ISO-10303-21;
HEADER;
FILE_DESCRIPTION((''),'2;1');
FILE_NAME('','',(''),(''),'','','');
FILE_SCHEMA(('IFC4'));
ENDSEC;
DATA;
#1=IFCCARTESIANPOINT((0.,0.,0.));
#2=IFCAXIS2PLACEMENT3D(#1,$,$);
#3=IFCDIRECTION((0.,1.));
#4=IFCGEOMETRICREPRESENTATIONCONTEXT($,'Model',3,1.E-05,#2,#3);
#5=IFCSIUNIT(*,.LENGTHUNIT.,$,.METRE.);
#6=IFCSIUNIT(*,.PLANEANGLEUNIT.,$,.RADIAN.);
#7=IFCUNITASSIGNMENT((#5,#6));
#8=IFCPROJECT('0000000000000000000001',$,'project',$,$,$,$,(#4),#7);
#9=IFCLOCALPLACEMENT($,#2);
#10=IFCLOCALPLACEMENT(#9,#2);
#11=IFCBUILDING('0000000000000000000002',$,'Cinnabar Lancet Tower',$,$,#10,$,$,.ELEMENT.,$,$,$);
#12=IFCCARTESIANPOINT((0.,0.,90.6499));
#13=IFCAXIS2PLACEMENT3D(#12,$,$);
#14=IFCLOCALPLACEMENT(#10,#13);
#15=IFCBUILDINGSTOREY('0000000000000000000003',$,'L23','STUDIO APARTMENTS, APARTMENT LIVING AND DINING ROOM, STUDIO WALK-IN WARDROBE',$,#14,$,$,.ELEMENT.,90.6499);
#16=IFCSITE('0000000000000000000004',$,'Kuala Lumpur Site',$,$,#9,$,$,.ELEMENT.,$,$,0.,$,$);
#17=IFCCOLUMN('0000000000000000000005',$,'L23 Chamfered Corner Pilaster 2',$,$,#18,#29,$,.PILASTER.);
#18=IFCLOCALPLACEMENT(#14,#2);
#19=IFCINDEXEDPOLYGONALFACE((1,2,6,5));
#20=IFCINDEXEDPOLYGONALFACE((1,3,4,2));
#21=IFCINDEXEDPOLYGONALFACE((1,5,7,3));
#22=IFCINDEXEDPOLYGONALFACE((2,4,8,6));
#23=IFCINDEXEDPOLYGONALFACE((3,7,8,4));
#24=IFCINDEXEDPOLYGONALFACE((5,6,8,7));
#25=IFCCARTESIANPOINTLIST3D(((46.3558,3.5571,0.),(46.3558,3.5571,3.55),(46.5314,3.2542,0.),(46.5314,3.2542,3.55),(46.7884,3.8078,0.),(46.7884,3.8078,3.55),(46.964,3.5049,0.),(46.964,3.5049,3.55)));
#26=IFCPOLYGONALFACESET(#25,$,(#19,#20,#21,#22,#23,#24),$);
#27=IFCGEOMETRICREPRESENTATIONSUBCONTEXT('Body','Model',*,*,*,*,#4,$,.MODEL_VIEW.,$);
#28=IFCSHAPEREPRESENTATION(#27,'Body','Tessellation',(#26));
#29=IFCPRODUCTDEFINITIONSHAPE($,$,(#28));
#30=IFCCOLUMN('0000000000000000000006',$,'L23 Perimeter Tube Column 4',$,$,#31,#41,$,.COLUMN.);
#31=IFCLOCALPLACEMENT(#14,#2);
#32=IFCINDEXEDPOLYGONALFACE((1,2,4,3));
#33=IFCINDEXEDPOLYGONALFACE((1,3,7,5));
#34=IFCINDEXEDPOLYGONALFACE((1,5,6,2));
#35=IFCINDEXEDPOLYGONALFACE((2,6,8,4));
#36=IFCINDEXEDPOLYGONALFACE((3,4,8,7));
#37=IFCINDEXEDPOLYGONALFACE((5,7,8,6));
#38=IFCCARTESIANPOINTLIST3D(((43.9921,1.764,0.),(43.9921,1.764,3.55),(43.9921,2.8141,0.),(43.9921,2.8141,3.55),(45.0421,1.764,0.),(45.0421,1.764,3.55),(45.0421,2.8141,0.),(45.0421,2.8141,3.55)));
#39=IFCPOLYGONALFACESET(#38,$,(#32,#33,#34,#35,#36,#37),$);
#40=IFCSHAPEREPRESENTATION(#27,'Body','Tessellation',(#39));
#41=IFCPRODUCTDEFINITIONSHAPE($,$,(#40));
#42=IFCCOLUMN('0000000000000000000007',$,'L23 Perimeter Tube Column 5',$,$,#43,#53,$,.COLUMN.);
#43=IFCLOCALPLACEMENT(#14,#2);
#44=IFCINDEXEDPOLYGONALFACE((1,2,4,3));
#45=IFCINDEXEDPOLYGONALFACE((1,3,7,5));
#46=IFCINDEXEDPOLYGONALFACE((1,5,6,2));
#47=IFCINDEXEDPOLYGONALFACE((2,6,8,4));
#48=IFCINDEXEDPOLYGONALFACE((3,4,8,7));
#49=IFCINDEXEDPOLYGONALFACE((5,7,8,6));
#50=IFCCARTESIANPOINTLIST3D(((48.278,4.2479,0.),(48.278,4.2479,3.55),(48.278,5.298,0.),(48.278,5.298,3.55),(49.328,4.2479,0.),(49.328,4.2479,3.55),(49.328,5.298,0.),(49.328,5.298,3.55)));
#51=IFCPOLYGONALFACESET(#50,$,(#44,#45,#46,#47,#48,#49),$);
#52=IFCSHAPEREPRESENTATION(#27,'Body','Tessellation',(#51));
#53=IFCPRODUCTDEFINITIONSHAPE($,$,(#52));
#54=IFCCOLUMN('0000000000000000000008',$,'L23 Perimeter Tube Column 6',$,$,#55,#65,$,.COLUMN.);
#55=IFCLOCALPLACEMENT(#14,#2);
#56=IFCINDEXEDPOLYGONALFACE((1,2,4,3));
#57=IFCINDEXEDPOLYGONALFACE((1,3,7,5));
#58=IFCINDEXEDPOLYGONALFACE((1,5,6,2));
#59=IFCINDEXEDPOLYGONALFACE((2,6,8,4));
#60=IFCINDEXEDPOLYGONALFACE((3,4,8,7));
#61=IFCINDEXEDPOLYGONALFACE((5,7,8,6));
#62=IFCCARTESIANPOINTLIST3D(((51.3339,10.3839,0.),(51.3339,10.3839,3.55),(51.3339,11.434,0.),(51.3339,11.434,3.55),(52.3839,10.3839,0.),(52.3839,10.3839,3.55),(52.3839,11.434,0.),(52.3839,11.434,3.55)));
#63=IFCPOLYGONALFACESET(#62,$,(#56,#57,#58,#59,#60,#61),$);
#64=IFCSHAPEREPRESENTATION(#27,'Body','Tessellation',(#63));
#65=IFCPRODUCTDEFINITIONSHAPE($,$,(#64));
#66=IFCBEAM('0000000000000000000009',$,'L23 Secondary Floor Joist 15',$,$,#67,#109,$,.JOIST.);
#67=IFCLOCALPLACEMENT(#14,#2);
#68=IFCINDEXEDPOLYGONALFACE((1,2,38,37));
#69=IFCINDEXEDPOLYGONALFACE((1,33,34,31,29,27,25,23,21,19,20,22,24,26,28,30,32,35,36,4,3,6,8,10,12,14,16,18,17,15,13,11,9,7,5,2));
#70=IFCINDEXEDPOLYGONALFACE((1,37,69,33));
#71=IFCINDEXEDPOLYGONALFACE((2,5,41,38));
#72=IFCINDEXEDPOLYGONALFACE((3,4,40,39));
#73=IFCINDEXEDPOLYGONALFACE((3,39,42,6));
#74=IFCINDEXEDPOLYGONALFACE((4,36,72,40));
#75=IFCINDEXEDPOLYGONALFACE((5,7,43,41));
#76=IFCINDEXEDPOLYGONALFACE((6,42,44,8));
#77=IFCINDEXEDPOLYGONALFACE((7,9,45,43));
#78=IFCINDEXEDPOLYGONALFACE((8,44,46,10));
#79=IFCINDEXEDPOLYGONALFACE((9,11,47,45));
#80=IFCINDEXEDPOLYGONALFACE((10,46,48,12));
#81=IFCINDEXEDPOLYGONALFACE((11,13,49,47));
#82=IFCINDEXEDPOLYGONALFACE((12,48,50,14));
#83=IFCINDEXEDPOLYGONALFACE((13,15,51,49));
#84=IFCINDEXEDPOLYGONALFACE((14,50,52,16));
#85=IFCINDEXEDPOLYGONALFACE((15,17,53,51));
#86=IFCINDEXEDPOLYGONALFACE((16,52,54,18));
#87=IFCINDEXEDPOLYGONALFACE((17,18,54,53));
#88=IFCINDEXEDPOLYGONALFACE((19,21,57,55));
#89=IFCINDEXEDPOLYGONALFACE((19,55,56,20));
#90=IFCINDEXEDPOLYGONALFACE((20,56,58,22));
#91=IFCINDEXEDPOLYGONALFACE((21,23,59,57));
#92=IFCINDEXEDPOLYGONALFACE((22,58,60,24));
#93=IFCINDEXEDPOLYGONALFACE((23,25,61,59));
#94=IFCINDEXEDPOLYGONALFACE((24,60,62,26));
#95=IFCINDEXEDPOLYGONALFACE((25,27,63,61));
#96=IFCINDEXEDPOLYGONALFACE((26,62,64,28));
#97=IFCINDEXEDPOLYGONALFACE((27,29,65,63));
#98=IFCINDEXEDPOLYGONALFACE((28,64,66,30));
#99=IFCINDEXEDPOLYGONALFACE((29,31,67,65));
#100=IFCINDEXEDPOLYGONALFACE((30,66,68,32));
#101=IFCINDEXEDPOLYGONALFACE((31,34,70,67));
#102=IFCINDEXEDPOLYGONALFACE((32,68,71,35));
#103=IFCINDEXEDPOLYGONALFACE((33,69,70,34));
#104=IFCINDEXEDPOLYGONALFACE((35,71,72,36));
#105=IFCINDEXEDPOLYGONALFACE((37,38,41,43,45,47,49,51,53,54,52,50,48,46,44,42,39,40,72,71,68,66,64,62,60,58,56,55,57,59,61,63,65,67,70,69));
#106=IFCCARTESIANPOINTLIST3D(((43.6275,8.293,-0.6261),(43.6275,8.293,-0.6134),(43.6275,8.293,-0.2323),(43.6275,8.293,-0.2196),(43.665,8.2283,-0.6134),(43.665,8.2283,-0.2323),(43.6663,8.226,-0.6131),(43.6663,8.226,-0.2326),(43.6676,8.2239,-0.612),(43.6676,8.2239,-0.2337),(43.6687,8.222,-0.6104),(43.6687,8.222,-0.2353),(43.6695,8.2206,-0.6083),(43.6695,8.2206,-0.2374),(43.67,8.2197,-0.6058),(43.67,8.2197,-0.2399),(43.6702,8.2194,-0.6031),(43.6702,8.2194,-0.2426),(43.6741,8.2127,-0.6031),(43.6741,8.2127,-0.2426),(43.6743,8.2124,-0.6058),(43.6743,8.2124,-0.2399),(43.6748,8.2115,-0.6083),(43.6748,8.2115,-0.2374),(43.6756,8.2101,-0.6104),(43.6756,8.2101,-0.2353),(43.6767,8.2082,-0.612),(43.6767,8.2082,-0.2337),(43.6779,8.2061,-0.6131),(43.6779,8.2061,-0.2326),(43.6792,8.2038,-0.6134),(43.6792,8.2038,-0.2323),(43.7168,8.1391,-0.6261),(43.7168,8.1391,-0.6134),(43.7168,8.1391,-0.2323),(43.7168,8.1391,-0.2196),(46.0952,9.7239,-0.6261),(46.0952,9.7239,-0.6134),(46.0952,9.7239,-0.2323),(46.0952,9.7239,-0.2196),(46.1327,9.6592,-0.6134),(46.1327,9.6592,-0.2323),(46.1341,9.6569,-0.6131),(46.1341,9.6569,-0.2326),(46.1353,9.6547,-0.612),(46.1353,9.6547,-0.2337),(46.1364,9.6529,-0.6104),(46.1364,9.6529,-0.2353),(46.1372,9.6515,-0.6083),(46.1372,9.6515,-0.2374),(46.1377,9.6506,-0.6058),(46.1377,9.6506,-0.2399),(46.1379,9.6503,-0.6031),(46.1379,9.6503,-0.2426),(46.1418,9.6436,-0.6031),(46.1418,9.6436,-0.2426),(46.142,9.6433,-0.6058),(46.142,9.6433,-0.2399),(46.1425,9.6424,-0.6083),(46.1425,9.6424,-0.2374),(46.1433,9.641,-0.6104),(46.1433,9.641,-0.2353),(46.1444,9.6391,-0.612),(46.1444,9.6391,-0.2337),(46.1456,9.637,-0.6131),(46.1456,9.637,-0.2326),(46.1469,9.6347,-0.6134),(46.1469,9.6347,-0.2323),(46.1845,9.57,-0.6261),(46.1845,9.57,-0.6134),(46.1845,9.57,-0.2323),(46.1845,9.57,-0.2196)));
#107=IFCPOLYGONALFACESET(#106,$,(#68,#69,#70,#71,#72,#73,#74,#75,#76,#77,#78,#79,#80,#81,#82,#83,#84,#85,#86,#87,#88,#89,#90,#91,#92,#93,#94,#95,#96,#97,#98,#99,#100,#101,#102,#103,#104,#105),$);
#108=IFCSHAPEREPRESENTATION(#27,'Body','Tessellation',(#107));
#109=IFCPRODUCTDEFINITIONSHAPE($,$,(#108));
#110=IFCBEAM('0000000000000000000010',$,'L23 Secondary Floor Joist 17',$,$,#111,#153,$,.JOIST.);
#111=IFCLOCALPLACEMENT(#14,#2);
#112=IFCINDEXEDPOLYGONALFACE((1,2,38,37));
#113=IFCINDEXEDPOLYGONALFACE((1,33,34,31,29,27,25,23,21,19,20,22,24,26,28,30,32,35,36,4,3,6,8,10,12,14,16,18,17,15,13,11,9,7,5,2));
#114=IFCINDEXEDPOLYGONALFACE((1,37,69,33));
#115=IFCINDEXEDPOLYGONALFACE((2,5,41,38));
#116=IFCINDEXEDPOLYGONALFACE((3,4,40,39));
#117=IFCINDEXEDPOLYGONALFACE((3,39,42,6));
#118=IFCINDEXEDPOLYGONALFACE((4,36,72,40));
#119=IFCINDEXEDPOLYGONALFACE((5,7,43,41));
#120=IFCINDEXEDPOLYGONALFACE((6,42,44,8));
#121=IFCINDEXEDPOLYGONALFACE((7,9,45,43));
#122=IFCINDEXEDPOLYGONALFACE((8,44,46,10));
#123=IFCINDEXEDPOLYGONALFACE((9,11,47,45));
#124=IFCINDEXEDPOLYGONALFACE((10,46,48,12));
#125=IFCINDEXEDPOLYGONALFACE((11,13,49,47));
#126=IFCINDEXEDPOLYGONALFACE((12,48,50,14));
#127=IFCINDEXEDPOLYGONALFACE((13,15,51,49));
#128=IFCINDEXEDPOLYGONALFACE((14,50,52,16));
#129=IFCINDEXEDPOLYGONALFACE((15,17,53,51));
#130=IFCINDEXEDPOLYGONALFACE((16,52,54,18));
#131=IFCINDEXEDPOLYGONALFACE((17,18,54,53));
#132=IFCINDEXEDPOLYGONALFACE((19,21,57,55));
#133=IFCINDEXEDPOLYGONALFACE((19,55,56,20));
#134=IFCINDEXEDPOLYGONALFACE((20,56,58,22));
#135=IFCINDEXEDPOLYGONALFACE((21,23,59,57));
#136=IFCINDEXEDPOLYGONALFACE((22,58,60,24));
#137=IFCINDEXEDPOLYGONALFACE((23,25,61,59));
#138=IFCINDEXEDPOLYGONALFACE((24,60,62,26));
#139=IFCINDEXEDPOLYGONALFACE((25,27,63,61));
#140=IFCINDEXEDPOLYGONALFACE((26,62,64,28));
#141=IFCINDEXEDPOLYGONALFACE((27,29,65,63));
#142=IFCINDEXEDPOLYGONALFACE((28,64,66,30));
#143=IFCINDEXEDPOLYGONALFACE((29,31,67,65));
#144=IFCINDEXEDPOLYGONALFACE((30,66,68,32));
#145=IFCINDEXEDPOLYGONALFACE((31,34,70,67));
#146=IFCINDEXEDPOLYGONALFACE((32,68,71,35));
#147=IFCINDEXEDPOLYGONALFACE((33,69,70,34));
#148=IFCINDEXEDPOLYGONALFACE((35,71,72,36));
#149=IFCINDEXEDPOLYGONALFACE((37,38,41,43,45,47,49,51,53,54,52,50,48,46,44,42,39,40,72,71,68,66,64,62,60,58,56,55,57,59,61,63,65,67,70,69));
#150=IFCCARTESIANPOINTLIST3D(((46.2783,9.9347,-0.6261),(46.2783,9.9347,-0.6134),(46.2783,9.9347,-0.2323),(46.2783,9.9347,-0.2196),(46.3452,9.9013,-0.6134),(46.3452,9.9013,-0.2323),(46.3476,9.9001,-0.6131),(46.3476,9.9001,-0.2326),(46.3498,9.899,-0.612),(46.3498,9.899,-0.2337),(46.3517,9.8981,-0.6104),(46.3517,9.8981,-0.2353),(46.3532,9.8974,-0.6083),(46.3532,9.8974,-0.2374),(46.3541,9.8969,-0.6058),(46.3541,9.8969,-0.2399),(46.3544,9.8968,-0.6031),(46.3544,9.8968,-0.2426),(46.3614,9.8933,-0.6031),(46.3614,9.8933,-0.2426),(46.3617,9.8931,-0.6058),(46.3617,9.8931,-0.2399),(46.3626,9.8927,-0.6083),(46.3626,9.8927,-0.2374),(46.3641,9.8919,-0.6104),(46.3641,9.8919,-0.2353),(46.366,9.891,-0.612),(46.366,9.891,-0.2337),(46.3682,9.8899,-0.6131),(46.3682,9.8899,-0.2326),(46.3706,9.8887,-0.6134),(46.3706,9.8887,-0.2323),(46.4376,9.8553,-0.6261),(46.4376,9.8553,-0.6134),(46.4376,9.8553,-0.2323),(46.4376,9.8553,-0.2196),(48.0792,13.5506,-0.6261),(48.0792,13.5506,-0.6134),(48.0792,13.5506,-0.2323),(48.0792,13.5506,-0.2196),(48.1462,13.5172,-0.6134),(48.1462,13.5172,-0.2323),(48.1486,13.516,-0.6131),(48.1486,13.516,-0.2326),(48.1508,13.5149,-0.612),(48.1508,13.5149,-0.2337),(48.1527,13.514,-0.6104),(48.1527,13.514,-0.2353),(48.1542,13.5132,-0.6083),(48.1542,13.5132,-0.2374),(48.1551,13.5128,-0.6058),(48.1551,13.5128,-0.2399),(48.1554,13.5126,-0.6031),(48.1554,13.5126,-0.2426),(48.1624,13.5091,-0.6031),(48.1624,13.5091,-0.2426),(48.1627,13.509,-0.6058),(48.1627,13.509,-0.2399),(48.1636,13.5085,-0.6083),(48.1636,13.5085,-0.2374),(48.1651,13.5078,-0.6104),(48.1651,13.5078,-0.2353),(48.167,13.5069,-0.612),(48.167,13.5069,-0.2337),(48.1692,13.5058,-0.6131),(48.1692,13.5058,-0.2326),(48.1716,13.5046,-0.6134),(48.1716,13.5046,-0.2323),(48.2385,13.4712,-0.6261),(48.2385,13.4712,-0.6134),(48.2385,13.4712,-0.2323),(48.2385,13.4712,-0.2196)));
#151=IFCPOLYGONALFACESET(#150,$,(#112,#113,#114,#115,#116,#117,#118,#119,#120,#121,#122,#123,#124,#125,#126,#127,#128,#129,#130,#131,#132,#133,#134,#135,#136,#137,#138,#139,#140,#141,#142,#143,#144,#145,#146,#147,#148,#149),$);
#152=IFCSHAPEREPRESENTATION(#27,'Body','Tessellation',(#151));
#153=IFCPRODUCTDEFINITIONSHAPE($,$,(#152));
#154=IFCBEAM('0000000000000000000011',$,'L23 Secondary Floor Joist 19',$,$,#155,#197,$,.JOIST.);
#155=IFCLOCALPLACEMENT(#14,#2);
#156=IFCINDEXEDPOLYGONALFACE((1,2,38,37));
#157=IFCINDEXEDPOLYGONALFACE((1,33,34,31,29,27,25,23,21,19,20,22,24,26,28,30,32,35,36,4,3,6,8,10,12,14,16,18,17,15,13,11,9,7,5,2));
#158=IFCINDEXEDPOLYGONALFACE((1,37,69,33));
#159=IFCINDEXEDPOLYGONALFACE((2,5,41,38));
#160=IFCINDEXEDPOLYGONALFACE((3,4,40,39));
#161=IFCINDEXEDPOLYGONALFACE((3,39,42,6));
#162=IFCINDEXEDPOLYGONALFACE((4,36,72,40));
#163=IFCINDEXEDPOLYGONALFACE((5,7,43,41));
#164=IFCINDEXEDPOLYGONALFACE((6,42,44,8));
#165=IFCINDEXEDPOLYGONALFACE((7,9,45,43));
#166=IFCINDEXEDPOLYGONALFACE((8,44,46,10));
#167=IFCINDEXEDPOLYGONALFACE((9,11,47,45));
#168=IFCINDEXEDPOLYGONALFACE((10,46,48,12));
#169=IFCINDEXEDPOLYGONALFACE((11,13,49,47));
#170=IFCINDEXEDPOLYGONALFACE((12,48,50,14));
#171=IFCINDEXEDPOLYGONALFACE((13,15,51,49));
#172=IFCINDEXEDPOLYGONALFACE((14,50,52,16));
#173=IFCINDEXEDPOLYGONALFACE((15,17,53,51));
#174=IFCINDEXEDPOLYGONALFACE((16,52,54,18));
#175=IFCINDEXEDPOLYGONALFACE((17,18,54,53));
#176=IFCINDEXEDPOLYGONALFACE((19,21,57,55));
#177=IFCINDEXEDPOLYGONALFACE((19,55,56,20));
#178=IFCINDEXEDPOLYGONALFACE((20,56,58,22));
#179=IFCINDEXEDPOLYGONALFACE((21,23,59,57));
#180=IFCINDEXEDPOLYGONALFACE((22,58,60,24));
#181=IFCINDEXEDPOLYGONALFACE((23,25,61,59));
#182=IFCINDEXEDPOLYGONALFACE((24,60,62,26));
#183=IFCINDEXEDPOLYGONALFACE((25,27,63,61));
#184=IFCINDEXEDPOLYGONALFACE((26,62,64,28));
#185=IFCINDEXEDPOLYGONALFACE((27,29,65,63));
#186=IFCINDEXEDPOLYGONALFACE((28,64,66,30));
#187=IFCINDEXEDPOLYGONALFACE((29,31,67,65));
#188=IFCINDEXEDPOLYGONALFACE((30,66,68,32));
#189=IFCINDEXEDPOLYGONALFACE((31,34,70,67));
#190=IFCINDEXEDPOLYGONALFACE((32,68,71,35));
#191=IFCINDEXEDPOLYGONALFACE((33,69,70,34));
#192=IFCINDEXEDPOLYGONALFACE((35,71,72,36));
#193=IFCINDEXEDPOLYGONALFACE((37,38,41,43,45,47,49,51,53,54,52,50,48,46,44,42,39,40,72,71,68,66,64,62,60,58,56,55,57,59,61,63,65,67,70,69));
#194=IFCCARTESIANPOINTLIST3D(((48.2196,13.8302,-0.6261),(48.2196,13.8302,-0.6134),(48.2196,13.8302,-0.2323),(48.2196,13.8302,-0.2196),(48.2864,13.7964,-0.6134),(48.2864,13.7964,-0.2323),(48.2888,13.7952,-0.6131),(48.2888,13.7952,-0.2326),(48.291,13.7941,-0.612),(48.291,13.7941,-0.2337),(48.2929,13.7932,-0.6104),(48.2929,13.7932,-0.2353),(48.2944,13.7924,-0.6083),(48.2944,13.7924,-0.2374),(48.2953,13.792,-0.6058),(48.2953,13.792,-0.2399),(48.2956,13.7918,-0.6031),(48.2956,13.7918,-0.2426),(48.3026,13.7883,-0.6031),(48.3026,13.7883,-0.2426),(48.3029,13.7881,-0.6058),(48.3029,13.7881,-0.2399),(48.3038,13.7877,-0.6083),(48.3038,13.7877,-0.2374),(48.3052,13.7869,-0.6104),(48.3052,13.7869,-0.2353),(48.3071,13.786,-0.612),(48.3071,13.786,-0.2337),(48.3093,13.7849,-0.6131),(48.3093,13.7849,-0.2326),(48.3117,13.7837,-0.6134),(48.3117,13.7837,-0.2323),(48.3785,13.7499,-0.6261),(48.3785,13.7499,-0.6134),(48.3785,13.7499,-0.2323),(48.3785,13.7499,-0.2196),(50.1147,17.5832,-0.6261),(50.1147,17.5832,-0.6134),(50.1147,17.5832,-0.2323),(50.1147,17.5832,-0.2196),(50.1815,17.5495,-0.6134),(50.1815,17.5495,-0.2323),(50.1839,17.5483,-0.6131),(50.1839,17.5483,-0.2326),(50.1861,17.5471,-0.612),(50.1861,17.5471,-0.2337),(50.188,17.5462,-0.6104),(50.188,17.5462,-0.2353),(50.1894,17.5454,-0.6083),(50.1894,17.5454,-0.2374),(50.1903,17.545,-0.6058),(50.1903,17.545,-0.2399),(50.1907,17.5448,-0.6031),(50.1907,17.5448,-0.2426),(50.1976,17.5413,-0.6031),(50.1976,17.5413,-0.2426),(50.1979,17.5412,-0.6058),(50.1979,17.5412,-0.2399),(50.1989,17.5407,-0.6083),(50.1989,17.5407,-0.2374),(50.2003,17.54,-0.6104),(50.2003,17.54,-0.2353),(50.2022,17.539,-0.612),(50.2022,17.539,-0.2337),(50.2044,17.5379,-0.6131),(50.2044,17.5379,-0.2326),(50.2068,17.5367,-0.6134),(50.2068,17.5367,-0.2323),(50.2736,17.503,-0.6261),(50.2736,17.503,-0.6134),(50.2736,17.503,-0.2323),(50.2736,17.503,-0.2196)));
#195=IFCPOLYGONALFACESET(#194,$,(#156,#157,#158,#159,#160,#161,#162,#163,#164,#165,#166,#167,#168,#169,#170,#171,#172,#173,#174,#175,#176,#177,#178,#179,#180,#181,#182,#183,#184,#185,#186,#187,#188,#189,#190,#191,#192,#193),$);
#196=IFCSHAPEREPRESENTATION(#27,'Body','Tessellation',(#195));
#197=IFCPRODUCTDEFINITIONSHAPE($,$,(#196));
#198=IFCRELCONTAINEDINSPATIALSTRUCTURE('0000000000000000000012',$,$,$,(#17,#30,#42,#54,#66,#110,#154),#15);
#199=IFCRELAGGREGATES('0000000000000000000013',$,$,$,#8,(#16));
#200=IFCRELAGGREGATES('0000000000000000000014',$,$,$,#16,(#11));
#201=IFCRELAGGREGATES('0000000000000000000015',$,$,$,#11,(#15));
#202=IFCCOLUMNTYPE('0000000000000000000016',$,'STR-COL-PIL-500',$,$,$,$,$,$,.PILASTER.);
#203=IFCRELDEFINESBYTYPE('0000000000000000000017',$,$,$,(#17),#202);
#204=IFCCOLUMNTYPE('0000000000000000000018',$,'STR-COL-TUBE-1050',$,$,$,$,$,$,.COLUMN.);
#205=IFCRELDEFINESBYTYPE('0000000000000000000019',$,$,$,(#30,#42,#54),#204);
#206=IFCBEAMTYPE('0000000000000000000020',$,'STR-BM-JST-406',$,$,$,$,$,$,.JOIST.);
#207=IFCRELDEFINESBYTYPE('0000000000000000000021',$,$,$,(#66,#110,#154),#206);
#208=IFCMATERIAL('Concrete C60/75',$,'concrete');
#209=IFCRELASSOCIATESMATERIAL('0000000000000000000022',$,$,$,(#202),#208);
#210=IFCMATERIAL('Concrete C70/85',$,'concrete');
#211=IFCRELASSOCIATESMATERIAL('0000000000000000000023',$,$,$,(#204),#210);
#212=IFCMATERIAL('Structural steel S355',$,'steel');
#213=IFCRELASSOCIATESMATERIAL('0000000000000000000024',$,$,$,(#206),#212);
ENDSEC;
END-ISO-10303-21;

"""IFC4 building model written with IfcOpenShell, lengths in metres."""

from ifc_helpers import new_model, si_unit, direction, frame, origin, origin_2d, place, context, subcontext, project, spatial, rectangle, i_section, extrude, material, material_profile, profile_set, type_object, element, save


model = new_model("IFC4")

# Units and contexts
model_context = context("Model", 3, precision=1e-05, world=origin(), true_north=direction((0.0, 1.0)))
body_context = subcontext(model_context, "Body", "Model", "MODEL_VIEW")
ifc_project = project(units=[si_unit("LENGTHUNIT", "METRE"), si_unit("PLANEANGLEUNIT", "RADIAN")], contexts=[model_context])

# Site, building, storey
site_placement = place(None, origin())
site = spatial("IfcSite", under=ifc_project, at=site_placement, Name="Kuala Lumpur Site", CompositionType="ELEMENT", RefElevation=0.0)
building_placement = place(site_placement, origin())
building = spatial("IfcBuilding", under=site, at=building_placement, Name="Cinnabar Lancet Tower", CompositionType="ELEMENT")
storey_placement = place(building_placement, frame((0.0, 0.0, 90.6499)))
storey = spatial("IfcBuildingStorey", under=building, at=storey_placement, Name="L23", Description="STUDIO APARTMENTS, APARTMENT LIVING AND DINING ROOM, STUDIO WALK-IN WARDROBE", CompositionType="ELEMENT", Elevation=90.6499)

# Columns
ifc_material_1 = material(Name="Concrete C60/75", Category="concrete")
ifc_material_profile_1 = material_profile(ifc_material_1, rectangle(XDim=0.5, YDim=0.3501, at=origin_2d()), Name="RC-PIL 500x350")
ifc_profile_set_1 = profile_set([ifc_material_profile_1], Name="Concrete C60/75")
column_type_1 = type_object("IfcColumnType", Name="STR-COL-PIL-500", PredefinedType="PILASTER", material=ifc_profile_set_1)
column_placement = place(storey_placement, frame((46.6599, 3.531, 0.0), z_axis=(0.0, 0.0, 1.0), x_axis=(0.865195, 0.501435, 0.0)))
element("IfcColumn", 1, at=column_placement, inside=storey, type_object=column_type_1, Name="L23 Chamfered Corner Pilaster 2", PredefinedType="PILASTER", context=body_context, shape_type="SweptSolid", body=[
    extrude(rectangle(XDim=0.5, YDim=0.3501, at=origin_2d()), origin(), (0.0, 0.0, 1.0), 3.55),
])
ifc_material_2 = material(Name="Concrete C70/85", Category="concrete")
ifc_material_profile_2 = material_profile(ifc_material_2, rectangle(XDim=1.05, YDim=1.05, at=origin_2d()), Name="RC-COL 1050x1050")
ifc_profile_set_2 = profile_set([ifc_material_profile_2], Name="Concrete C70/85")
column_type_2 = type_object("IfcColumnType", Name="STR-COL-TUBE-1050", PredefinedType="COLUMN", material=ifc_profile_set_2)
for number, where, z_axis, x_axis, name in (
    (2, (44.5171, 2.2891, 0.0), (0.0, 0.0, 1.0), (1.0, 0.0, 0.0), "L23 Perimeter Tube Column 4"),
    (3, (48.803, 4.7729, 0.0), (0.0, 0.0, 1.0), (1.0, 0.0, 0.0), "L23 Perimeter Tube Column 5"),
    (4, (51.8589, 10.9089, 0.0), (0.0, 0.0, 1.0), (1.0, 0.0, 0.0), "L23 Perimeter Tube Column 6"),
):
    element("IfcColumn", number, at=place(storey_placement, frame(where, z_axis=z_axis, x_axis=x_axis)), inside=storey, type_object=column_type_2, Name=name, PredefinedType="COLUMN", context=body_context, shape_type="SweptSolid", body=[
        extrude(rectangle(XDim=1.05, YDim=1.05, at=origin_2d()), origin(), (0.0, 0.0, 1.0), 3.55),
    ])

# Beams
ifc_material_3 = material(Name="Structural steel S355", Category="steel")
ifc_material_profile_3 = material_profile(ifc_material_3, i_section(OverallWidth=0.178, OverallDepth=0.4065, WebThickness=0.0078, FlangeThickness=0.0127, FilletRadius=0.0103, at=origin_2d()), Name="UKB 406x178x60")
ifc_profile_set_3 = profile_set([ifc_material_profile_3], Name="Structural steel S355")
beam_type_1 = type_object("IfcBeamType", Name="STR-BM-JST-406", PredefinedType="JOIST", material=ifc_profile_set_3)
beam_1_placement = place(storey_placement, frame((43.6721, 8.2161, -0.4229), z_axis=(0.865092, 0.501613, 0.0), x_axis=(-0.501613, 0.865092, 0.0)))
element("IfcBeam", 5, at=beam_1_placement, inside=storey, type_object=beam_type_1, Name="L23 Secondary Floor Joist 15", PredefinedType="JOIST", context=body_context, shape_type="SweptSolid", body=[
    extrude(i_section(OverallWidth=0.178, OverallDepth=0.4065, WebThickness=0.0078, FlangeThickness=0.0127, FilletRadius=0.0103, at=origin_2d()), origin(), (0.0, 0.0, 1.0), 2.8525),
])
beam_2_placement = place(storey_placement, frame((46.3579, 9.895, -0.4229), z_axis=(0.445835, 0.895115, 0.0), x_axis=(-0.895115, 0.445835, 0.0)))
element("IfcBeam", 6, at=beam_2_placement, inside=storey, type_object=beam_type_1, Name="L23 Secondary Floor Joist 17", PredefinedType="JOIST", context=body_context, shape_type="SweptSolid", body=[
    extrude(i_section(OverallWidth=0.178, OverallDepth=0.4065, WebThickness=0.0078, FlangeThickness=0.0127, FilletRadius=0.0103, at=origin_2d()), origin(), (0.0, 0.0, 1.0), 4.0396),
])
beam_3_placement = place(storey_placement, frame((48.2991, 13.79, -0.4229), z_axis=(0.450741, 0.892655, 0.0), x_axis=(-0.892655, 0.450741, 0.0)))
element("IfcBeam", 7, at=beam_3_placement, inside=storey, type_object=beam_type_1, Name="L23 Secondary Floor Joist 19", PredefinedType="JOIST", context=body_context, shape_type="SweptSolid", body=[
    extrude(i_section(OverallWidth=0.178, OverallDepth=0.4065, WebThickness=0.0078, FlangeThickness=0.0127, FilletRadius=0.0103, at=origin_2d()), origin(), (0.0, 0.0, 1.0), 4.2043),
])

save(model, "model.ifc")
